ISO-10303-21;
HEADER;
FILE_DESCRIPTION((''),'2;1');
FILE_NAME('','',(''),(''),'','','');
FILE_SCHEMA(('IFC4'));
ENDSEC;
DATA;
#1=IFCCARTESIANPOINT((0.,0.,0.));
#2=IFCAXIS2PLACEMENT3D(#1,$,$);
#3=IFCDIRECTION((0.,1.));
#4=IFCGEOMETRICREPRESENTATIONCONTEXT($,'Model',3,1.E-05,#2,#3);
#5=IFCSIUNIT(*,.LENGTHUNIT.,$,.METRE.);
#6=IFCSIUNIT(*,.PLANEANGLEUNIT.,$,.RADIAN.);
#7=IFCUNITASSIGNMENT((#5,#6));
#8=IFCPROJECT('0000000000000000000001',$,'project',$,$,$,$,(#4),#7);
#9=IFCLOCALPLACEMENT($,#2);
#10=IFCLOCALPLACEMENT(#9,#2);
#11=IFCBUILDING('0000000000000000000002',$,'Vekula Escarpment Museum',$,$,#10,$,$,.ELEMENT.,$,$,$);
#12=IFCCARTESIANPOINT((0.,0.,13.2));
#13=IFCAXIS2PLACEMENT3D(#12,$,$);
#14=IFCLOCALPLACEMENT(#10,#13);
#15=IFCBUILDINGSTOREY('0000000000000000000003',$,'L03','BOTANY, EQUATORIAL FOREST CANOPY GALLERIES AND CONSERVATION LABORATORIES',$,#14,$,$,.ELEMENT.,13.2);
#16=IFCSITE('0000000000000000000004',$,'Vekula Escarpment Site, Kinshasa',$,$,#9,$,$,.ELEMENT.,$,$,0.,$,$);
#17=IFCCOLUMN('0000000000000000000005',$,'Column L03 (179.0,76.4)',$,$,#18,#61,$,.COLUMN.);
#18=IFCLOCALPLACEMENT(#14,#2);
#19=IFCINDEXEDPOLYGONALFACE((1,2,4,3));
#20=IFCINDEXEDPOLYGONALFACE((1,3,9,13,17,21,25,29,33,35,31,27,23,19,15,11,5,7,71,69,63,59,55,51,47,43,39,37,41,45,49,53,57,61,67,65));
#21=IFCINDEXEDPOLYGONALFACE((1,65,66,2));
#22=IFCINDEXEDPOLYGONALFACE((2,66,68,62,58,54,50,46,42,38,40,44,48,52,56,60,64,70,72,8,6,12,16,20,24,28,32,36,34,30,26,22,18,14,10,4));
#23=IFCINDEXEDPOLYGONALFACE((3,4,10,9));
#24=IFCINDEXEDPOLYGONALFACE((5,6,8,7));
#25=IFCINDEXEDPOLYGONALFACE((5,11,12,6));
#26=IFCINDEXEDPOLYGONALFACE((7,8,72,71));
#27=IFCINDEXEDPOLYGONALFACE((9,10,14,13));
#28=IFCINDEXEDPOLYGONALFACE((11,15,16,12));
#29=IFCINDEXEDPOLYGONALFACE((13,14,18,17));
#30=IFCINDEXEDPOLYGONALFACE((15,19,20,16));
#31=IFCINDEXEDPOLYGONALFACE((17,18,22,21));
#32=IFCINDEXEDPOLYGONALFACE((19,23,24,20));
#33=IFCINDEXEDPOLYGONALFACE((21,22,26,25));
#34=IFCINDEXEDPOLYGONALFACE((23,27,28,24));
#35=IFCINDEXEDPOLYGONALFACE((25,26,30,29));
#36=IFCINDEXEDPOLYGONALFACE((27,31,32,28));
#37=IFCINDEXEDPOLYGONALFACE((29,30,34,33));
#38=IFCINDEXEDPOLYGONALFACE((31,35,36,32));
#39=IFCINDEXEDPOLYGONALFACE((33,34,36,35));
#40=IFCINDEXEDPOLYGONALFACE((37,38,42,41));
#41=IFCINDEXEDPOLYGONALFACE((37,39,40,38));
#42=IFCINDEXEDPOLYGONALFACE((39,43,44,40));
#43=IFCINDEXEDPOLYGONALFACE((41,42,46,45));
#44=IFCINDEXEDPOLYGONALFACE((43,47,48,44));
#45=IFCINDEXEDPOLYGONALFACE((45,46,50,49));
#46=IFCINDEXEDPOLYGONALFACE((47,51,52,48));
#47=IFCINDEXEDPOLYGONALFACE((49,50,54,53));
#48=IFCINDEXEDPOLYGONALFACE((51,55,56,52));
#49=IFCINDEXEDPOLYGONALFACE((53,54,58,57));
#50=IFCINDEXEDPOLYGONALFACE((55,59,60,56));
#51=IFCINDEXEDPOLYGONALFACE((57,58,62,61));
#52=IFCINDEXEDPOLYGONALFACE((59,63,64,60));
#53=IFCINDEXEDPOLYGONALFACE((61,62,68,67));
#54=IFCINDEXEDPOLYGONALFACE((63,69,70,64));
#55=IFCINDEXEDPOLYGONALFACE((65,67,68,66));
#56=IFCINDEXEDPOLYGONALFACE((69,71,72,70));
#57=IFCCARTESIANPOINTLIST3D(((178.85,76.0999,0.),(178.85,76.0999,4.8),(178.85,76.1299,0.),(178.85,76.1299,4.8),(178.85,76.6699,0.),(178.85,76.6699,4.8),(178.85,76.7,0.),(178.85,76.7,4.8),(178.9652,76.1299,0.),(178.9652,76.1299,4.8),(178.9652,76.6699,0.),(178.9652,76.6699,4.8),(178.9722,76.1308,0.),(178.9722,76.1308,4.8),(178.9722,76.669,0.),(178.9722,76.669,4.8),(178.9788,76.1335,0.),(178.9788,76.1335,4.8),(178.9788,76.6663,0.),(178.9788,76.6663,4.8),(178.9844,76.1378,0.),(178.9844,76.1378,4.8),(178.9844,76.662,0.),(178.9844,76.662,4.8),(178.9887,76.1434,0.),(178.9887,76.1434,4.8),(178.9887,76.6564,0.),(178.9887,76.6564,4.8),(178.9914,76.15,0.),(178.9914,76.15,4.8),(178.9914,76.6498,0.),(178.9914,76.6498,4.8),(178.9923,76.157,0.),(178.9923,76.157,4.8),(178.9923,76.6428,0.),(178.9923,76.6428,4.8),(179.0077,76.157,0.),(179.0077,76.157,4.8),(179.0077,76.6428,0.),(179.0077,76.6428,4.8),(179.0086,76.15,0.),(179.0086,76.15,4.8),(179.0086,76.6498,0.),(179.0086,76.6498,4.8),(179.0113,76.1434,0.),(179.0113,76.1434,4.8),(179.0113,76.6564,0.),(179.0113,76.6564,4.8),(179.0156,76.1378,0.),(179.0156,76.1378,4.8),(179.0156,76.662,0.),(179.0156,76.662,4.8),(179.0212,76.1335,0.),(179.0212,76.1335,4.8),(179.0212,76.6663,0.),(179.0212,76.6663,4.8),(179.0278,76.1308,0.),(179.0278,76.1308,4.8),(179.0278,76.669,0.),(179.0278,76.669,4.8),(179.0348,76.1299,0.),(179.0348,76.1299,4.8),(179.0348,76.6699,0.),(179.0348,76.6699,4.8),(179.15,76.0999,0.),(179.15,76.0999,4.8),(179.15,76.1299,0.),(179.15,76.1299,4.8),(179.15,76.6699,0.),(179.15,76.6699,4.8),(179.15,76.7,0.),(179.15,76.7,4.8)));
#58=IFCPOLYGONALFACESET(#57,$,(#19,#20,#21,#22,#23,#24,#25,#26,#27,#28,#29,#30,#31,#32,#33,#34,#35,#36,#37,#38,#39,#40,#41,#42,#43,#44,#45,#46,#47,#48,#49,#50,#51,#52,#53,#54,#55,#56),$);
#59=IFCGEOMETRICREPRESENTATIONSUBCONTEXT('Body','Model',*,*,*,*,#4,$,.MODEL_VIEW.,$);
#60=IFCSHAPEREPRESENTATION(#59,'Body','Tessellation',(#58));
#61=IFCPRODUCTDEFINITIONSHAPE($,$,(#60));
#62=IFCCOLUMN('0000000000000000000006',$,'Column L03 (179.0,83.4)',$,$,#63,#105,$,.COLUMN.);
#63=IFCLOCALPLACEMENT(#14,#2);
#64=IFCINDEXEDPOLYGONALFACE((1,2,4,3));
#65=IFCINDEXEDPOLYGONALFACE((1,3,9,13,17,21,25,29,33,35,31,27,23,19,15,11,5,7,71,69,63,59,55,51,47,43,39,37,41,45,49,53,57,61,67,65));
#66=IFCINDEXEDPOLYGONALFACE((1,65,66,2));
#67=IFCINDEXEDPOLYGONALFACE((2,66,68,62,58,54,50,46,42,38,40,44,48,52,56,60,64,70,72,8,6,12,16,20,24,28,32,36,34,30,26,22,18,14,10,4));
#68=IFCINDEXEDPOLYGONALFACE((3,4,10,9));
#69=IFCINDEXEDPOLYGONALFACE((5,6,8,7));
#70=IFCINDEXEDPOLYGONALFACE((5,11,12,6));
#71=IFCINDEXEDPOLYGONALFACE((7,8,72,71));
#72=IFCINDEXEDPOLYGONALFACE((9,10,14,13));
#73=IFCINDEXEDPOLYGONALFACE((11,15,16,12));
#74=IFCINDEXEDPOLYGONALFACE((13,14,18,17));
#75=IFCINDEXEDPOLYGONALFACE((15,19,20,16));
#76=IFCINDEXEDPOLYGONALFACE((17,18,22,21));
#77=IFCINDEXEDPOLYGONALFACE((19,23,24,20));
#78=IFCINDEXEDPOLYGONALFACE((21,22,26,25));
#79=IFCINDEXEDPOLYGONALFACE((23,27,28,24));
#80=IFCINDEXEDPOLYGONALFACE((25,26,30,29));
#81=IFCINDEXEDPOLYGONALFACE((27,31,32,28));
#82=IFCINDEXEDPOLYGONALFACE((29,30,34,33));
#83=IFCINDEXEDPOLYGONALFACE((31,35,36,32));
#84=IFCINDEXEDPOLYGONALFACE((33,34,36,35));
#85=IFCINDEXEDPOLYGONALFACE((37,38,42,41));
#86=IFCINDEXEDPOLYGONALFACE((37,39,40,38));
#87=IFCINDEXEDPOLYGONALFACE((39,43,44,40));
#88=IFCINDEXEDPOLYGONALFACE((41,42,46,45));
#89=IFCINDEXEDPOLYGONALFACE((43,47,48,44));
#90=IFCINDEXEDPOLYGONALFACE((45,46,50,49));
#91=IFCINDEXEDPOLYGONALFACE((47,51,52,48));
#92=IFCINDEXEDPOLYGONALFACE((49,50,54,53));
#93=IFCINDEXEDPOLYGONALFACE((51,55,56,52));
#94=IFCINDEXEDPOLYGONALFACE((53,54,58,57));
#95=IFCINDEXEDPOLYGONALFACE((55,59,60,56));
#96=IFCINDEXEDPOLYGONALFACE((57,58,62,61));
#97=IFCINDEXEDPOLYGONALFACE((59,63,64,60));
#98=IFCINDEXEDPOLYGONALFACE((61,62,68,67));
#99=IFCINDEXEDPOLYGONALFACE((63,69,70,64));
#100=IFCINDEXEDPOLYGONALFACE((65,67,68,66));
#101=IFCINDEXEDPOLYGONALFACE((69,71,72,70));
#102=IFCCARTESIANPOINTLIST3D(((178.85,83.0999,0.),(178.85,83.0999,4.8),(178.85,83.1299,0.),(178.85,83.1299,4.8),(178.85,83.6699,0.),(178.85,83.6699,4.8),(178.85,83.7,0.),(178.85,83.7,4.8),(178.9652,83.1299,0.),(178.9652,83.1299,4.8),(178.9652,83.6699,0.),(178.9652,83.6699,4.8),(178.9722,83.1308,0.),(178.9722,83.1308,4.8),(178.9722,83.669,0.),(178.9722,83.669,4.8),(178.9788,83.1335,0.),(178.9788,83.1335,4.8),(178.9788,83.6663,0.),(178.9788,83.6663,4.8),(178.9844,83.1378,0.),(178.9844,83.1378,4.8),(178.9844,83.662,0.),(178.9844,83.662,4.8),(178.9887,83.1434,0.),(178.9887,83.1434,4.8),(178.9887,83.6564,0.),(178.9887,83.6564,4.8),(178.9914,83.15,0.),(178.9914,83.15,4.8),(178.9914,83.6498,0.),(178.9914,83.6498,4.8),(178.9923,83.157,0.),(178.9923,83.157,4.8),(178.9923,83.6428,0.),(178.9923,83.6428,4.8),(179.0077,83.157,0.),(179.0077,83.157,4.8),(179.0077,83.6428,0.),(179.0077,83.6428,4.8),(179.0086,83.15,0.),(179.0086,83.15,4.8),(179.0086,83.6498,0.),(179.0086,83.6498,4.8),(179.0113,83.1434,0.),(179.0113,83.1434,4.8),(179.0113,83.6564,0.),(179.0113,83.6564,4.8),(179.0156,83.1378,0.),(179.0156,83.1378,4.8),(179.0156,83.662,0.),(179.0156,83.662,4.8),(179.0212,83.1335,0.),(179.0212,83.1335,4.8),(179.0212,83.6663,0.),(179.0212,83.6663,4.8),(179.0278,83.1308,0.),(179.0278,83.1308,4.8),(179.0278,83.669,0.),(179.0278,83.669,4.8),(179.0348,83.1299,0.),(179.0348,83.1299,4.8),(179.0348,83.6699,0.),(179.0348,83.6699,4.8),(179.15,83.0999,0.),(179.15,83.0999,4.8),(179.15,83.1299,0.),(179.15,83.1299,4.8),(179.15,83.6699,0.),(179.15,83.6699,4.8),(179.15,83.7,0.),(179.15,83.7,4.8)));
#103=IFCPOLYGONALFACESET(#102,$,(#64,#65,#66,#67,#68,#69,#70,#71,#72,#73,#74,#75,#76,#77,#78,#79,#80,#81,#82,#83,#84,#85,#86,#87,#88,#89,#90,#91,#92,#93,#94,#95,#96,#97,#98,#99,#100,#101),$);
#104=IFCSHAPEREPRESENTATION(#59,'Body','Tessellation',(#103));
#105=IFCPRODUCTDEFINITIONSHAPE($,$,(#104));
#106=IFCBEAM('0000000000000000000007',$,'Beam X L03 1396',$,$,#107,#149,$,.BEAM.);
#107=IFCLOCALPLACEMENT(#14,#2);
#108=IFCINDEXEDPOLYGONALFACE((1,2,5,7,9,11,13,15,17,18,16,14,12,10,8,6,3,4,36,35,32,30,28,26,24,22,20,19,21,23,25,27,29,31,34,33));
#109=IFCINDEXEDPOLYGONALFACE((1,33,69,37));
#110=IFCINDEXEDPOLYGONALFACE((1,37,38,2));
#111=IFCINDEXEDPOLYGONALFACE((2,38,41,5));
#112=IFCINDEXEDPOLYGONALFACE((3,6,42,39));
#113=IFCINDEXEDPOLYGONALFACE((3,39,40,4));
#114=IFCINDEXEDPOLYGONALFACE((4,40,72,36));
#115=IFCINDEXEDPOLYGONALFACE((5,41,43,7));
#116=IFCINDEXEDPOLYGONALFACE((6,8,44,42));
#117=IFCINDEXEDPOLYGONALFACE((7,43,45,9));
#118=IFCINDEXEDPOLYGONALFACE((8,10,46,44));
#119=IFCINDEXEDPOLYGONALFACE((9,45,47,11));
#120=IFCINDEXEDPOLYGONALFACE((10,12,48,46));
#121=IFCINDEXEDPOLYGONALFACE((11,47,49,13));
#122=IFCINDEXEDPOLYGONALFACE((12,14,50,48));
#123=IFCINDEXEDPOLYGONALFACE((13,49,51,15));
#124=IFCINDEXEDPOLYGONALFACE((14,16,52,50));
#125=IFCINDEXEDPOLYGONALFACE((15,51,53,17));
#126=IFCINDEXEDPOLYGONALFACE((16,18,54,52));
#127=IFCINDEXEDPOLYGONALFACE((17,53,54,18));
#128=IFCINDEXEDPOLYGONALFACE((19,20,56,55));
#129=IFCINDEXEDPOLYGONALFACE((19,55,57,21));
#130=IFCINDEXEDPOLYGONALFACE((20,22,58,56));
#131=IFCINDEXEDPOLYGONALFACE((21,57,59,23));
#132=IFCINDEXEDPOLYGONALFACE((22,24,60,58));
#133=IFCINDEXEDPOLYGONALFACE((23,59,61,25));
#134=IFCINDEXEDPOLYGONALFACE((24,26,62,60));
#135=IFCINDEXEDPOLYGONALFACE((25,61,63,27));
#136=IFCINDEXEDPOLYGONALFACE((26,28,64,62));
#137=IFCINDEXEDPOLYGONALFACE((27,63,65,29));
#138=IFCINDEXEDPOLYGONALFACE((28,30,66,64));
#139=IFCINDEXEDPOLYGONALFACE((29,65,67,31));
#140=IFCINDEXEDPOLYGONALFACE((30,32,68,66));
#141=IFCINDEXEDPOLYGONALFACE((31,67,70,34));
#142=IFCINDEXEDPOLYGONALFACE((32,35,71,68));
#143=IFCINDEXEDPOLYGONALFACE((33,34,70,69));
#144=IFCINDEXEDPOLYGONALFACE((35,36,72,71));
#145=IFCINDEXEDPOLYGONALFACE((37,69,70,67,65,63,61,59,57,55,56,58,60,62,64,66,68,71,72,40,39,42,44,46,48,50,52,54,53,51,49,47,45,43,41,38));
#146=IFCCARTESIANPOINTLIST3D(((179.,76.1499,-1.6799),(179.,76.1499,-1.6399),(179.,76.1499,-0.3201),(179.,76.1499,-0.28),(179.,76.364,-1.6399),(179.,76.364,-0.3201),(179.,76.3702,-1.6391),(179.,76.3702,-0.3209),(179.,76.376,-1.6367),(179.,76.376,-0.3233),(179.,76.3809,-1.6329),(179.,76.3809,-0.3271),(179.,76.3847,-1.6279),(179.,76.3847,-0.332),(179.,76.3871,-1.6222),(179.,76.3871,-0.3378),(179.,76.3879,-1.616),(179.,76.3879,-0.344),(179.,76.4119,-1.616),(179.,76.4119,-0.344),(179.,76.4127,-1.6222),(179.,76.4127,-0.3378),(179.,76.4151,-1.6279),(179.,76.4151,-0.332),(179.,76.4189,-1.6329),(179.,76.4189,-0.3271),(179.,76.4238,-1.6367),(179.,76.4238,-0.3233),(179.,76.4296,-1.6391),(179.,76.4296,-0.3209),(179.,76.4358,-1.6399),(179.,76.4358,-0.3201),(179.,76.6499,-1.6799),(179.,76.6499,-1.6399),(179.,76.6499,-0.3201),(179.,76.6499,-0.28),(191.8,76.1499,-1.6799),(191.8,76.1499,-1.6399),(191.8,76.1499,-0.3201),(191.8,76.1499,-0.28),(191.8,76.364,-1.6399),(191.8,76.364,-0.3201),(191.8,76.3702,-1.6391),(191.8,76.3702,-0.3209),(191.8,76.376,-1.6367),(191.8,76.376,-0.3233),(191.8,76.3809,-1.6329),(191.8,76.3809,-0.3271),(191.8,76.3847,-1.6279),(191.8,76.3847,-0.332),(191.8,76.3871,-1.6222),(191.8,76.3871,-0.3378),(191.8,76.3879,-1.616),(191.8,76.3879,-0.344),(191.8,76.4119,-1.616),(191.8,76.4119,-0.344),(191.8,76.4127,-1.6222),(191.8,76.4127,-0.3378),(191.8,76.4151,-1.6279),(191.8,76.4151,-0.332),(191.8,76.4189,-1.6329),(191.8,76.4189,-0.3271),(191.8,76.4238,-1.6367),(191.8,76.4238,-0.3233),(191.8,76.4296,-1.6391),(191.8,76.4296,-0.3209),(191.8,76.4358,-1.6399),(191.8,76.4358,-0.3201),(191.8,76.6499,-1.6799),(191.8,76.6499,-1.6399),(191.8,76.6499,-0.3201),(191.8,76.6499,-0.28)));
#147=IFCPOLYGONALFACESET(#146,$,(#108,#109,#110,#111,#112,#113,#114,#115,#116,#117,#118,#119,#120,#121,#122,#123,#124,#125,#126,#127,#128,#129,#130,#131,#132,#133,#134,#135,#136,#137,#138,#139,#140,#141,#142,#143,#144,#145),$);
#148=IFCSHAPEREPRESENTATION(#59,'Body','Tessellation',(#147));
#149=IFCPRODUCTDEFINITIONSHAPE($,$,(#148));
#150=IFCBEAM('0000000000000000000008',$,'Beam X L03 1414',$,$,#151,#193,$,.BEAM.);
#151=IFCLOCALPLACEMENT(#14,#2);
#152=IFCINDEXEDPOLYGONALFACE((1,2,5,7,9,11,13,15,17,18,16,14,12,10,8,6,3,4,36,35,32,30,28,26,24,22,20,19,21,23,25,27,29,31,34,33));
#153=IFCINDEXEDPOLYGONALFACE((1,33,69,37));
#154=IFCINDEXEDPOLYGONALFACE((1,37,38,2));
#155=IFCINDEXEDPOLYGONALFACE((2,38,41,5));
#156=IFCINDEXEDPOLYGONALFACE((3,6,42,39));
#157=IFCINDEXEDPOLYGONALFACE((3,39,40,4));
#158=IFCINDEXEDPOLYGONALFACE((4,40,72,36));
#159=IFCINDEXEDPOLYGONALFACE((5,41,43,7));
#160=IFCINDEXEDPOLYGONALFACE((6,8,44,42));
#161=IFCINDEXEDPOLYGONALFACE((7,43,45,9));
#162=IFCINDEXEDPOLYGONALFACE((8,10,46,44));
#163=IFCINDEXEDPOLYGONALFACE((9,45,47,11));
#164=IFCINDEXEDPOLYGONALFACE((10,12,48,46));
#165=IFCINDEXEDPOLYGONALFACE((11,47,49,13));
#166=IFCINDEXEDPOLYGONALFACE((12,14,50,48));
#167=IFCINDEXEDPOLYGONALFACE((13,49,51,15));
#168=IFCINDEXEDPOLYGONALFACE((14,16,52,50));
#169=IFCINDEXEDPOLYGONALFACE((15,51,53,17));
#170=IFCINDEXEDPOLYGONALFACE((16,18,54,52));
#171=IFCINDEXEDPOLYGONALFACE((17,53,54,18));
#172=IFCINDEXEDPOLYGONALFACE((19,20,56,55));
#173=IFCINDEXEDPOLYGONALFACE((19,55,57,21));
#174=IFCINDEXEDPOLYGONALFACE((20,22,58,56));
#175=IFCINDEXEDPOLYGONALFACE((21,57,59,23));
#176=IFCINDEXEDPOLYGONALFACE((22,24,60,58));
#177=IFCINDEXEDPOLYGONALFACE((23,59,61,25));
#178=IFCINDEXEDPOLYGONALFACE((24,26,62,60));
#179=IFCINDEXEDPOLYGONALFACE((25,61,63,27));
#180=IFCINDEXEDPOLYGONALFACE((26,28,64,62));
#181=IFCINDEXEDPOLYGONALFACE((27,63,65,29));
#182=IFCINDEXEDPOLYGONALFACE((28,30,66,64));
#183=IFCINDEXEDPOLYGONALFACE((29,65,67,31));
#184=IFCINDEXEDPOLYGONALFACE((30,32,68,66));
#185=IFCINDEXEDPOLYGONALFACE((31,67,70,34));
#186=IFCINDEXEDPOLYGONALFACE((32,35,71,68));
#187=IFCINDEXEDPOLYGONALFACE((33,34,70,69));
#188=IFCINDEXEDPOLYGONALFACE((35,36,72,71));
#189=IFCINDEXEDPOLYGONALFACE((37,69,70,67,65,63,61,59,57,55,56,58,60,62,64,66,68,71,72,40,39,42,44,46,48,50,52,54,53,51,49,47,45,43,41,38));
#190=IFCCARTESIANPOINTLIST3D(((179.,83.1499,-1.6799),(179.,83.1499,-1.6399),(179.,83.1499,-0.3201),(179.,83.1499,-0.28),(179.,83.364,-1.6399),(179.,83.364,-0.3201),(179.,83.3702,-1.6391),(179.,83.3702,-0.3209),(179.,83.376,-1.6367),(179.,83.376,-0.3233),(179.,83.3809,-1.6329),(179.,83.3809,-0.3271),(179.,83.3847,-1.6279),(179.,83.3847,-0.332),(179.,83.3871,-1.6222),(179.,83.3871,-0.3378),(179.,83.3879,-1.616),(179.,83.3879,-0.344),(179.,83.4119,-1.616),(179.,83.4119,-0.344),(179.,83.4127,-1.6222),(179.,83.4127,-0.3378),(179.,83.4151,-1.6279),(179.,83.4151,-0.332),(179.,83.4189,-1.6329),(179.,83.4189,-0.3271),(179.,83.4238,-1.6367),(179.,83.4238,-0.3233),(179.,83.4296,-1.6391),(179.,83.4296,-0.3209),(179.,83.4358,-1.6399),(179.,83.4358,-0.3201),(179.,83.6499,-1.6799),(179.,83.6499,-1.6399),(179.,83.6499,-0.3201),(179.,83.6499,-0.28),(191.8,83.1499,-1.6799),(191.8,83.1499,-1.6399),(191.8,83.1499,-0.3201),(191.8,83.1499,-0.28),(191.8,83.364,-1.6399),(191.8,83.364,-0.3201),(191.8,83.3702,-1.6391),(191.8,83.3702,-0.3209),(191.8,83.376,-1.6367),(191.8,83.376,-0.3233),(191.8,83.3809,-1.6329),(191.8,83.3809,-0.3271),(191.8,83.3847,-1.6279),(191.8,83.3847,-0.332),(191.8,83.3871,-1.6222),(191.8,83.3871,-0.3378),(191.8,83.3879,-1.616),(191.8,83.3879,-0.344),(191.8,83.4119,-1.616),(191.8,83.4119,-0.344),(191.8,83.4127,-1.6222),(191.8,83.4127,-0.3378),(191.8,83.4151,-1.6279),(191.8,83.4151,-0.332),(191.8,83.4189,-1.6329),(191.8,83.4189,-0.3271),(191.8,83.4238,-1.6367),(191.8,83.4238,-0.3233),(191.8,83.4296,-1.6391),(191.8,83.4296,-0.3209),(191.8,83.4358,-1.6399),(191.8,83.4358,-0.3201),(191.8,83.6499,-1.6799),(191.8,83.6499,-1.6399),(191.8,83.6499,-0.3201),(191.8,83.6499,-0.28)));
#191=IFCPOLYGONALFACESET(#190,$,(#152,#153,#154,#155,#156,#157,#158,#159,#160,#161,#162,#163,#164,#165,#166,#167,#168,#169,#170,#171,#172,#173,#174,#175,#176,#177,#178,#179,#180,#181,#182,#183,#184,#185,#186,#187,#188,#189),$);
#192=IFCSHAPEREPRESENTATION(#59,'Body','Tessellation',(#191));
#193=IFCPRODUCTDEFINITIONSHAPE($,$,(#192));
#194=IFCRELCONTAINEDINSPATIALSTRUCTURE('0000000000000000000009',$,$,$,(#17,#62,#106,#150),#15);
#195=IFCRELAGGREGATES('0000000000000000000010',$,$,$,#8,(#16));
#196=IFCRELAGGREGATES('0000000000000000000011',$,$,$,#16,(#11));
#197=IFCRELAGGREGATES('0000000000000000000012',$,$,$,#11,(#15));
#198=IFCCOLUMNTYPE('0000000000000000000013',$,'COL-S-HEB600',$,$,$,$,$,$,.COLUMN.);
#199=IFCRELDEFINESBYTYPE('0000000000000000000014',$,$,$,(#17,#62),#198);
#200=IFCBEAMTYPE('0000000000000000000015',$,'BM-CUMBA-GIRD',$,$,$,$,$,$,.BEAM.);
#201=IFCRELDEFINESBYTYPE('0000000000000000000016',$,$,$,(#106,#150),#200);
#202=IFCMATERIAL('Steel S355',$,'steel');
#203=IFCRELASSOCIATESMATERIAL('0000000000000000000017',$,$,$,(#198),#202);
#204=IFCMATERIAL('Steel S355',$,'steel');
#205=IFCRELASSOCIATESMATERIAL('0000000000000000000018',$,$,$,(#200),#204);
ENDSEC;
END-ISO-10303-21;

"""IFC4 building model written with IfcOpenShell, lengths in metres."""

from ifc_helpers import new_model, si_unit, direction, frame, origin, origin_2d, place, context, subcontext, project, spatial, i_section, extrude, material, material_profile, profile_set, type_object, element, save


model = new_model("IFC4")

# Units and contexts
model_context = context("Model", 3, precision=1e-05, world=origin(), true_north=direction((0.0, 1.0)))
body_context = subcontext(model_context, "Body", "Model", "MODEL_VIEW")
ifc_project = project(units=[si_unit("LENGTHUNIT", "METRE"), si_unit("PLANEANGLEUNIT", "RADIAN")], contexts=[model_context])

# Site, building, storey
site_placement = place(None, origin())
site = spatial("IfcSite", under=ifc_project, at=site_placement, Name="Vekula Escarpment Site, Kinshasa", CompositionType="ELEMENT", RefElevation=0.0)
building_placement = place(site_placement, origin())
building = spatial("IfcBuilding", under=site, at=building_placement, Name="Vekula Escarpment Museum", CompositionType="ELEMENT")
storey_placement = place(building_placement, frame((0.0, 0.0, 13.2)))
storey = spatial("IfcBuildingStorey", under=building, at=storey_placement, Name="L03", Description="BOTANY, EQUATORIAL FOREST CANOPY GALLERIES AND CONSERVATION LABORATORIES", CompositionType="ELEMENT", Elevation=13.2)

# Columns
ifc_material_1 = material(Name="Steel S355", Category="steel")
ifc_material_profile_1 = material_profile(ifc_material_1, i_section(OverallWidth=0.3, OverallDepth=0.6001, WebThickness=0.0154, FlangeThickness=0.03, FilletRadius=0.0271, at=origin_2d()), Name="HEB 600")
ifc_profile_set_1 = profile_set([ifc_material_profile_1], Name="Steel S355")
column_type = type_object("IfcColumnType", Name="COL-S-HEB600", PredefinedType="COLUMN", material=ifc_profile_set_1)
for number, where, z_axis, x_axis, name in (
    (1, (179.0, 76.3999, 0.0), (0.0, 0.0, 1.0), (1.0, 0.0, 0.0), "Column L03 (179.0,76.4)"),
    (2, (179.0, 83.3999, 0.0), (0.0, 0.0, 1.0), (1.0, 0.0, 0.0), "Column L03 (179.0,83.4)"),
):
    element("IfcColumn", number, at=place(storey_placement, frame(where, z_axis=z_axis, x_axis=x_axis)), inside=storey, type_object=column_type, Name=name, PredefinedType="COLUMN", context=body_context, shape_type="SweptSolid", body=[
        extrude(i_section(OverallWidth=0.3, OverallDepth=0.6001, WebThickness=0.0154, FlangeThickness=0.03, FilletRadius=0.0271, at=origin_2d()), origin(), (0.0, 0.0, 1.0), 4.8),
    ])

# Beams
ifc_material_2 = material(Name="Steel S355", Category="steel")
ifc_material_profile_2 = material_profile(ifc_material_2, i_section(OverallWidth=0.5, OverallDepth=1.3999, WebThickness=0.0239, FlangeThickness=0.04, FilletRadius=0.0239, at=origin_2d()), Name="WPG 1400x500")
ifc_profile_set_2 = profile_set([ifc_material_profile_2], Name="Steel S355")
beam_type_1 = type_object("IfcBeamType", Name="BM-CUMBA-GIRD", PredefinedType="BEAM", material=ifc_profile_set_2)
for number, where, z_axis, x_axis, name in (
    (3, (179.0, 76.3999, -0.98), (1.0, 0.0, 0.0), (0.0, 1.0, 0.0), "Beam X L03 1396"),
    (4, (179.0, 83.3999, -0.98), (1.0, 0.0, 0.0), (0.0, 1.0, 0.0), "Beam X L03 1414"),
):
    element("IfcBeam", number, at=place(storey_placement, frame(where, z_axis=z_axis, x_axis=x_axis)), inside=storey, type_object=beam_type_1, Name=name, PredefinedType="BEAM", context=body_context, shape_type="SweptSolid", body=[
        extrude(i_section(OverallWidth=0.5, OverallDepth=1.3999, WebThickness=0.0239, FlangeThickness=0.04, FilletRadius=0.0239, at=origin_2d()), origin(), (0.0, 0.0, 1.0), 12.8),
    ])

save(model, "model.ifc")
